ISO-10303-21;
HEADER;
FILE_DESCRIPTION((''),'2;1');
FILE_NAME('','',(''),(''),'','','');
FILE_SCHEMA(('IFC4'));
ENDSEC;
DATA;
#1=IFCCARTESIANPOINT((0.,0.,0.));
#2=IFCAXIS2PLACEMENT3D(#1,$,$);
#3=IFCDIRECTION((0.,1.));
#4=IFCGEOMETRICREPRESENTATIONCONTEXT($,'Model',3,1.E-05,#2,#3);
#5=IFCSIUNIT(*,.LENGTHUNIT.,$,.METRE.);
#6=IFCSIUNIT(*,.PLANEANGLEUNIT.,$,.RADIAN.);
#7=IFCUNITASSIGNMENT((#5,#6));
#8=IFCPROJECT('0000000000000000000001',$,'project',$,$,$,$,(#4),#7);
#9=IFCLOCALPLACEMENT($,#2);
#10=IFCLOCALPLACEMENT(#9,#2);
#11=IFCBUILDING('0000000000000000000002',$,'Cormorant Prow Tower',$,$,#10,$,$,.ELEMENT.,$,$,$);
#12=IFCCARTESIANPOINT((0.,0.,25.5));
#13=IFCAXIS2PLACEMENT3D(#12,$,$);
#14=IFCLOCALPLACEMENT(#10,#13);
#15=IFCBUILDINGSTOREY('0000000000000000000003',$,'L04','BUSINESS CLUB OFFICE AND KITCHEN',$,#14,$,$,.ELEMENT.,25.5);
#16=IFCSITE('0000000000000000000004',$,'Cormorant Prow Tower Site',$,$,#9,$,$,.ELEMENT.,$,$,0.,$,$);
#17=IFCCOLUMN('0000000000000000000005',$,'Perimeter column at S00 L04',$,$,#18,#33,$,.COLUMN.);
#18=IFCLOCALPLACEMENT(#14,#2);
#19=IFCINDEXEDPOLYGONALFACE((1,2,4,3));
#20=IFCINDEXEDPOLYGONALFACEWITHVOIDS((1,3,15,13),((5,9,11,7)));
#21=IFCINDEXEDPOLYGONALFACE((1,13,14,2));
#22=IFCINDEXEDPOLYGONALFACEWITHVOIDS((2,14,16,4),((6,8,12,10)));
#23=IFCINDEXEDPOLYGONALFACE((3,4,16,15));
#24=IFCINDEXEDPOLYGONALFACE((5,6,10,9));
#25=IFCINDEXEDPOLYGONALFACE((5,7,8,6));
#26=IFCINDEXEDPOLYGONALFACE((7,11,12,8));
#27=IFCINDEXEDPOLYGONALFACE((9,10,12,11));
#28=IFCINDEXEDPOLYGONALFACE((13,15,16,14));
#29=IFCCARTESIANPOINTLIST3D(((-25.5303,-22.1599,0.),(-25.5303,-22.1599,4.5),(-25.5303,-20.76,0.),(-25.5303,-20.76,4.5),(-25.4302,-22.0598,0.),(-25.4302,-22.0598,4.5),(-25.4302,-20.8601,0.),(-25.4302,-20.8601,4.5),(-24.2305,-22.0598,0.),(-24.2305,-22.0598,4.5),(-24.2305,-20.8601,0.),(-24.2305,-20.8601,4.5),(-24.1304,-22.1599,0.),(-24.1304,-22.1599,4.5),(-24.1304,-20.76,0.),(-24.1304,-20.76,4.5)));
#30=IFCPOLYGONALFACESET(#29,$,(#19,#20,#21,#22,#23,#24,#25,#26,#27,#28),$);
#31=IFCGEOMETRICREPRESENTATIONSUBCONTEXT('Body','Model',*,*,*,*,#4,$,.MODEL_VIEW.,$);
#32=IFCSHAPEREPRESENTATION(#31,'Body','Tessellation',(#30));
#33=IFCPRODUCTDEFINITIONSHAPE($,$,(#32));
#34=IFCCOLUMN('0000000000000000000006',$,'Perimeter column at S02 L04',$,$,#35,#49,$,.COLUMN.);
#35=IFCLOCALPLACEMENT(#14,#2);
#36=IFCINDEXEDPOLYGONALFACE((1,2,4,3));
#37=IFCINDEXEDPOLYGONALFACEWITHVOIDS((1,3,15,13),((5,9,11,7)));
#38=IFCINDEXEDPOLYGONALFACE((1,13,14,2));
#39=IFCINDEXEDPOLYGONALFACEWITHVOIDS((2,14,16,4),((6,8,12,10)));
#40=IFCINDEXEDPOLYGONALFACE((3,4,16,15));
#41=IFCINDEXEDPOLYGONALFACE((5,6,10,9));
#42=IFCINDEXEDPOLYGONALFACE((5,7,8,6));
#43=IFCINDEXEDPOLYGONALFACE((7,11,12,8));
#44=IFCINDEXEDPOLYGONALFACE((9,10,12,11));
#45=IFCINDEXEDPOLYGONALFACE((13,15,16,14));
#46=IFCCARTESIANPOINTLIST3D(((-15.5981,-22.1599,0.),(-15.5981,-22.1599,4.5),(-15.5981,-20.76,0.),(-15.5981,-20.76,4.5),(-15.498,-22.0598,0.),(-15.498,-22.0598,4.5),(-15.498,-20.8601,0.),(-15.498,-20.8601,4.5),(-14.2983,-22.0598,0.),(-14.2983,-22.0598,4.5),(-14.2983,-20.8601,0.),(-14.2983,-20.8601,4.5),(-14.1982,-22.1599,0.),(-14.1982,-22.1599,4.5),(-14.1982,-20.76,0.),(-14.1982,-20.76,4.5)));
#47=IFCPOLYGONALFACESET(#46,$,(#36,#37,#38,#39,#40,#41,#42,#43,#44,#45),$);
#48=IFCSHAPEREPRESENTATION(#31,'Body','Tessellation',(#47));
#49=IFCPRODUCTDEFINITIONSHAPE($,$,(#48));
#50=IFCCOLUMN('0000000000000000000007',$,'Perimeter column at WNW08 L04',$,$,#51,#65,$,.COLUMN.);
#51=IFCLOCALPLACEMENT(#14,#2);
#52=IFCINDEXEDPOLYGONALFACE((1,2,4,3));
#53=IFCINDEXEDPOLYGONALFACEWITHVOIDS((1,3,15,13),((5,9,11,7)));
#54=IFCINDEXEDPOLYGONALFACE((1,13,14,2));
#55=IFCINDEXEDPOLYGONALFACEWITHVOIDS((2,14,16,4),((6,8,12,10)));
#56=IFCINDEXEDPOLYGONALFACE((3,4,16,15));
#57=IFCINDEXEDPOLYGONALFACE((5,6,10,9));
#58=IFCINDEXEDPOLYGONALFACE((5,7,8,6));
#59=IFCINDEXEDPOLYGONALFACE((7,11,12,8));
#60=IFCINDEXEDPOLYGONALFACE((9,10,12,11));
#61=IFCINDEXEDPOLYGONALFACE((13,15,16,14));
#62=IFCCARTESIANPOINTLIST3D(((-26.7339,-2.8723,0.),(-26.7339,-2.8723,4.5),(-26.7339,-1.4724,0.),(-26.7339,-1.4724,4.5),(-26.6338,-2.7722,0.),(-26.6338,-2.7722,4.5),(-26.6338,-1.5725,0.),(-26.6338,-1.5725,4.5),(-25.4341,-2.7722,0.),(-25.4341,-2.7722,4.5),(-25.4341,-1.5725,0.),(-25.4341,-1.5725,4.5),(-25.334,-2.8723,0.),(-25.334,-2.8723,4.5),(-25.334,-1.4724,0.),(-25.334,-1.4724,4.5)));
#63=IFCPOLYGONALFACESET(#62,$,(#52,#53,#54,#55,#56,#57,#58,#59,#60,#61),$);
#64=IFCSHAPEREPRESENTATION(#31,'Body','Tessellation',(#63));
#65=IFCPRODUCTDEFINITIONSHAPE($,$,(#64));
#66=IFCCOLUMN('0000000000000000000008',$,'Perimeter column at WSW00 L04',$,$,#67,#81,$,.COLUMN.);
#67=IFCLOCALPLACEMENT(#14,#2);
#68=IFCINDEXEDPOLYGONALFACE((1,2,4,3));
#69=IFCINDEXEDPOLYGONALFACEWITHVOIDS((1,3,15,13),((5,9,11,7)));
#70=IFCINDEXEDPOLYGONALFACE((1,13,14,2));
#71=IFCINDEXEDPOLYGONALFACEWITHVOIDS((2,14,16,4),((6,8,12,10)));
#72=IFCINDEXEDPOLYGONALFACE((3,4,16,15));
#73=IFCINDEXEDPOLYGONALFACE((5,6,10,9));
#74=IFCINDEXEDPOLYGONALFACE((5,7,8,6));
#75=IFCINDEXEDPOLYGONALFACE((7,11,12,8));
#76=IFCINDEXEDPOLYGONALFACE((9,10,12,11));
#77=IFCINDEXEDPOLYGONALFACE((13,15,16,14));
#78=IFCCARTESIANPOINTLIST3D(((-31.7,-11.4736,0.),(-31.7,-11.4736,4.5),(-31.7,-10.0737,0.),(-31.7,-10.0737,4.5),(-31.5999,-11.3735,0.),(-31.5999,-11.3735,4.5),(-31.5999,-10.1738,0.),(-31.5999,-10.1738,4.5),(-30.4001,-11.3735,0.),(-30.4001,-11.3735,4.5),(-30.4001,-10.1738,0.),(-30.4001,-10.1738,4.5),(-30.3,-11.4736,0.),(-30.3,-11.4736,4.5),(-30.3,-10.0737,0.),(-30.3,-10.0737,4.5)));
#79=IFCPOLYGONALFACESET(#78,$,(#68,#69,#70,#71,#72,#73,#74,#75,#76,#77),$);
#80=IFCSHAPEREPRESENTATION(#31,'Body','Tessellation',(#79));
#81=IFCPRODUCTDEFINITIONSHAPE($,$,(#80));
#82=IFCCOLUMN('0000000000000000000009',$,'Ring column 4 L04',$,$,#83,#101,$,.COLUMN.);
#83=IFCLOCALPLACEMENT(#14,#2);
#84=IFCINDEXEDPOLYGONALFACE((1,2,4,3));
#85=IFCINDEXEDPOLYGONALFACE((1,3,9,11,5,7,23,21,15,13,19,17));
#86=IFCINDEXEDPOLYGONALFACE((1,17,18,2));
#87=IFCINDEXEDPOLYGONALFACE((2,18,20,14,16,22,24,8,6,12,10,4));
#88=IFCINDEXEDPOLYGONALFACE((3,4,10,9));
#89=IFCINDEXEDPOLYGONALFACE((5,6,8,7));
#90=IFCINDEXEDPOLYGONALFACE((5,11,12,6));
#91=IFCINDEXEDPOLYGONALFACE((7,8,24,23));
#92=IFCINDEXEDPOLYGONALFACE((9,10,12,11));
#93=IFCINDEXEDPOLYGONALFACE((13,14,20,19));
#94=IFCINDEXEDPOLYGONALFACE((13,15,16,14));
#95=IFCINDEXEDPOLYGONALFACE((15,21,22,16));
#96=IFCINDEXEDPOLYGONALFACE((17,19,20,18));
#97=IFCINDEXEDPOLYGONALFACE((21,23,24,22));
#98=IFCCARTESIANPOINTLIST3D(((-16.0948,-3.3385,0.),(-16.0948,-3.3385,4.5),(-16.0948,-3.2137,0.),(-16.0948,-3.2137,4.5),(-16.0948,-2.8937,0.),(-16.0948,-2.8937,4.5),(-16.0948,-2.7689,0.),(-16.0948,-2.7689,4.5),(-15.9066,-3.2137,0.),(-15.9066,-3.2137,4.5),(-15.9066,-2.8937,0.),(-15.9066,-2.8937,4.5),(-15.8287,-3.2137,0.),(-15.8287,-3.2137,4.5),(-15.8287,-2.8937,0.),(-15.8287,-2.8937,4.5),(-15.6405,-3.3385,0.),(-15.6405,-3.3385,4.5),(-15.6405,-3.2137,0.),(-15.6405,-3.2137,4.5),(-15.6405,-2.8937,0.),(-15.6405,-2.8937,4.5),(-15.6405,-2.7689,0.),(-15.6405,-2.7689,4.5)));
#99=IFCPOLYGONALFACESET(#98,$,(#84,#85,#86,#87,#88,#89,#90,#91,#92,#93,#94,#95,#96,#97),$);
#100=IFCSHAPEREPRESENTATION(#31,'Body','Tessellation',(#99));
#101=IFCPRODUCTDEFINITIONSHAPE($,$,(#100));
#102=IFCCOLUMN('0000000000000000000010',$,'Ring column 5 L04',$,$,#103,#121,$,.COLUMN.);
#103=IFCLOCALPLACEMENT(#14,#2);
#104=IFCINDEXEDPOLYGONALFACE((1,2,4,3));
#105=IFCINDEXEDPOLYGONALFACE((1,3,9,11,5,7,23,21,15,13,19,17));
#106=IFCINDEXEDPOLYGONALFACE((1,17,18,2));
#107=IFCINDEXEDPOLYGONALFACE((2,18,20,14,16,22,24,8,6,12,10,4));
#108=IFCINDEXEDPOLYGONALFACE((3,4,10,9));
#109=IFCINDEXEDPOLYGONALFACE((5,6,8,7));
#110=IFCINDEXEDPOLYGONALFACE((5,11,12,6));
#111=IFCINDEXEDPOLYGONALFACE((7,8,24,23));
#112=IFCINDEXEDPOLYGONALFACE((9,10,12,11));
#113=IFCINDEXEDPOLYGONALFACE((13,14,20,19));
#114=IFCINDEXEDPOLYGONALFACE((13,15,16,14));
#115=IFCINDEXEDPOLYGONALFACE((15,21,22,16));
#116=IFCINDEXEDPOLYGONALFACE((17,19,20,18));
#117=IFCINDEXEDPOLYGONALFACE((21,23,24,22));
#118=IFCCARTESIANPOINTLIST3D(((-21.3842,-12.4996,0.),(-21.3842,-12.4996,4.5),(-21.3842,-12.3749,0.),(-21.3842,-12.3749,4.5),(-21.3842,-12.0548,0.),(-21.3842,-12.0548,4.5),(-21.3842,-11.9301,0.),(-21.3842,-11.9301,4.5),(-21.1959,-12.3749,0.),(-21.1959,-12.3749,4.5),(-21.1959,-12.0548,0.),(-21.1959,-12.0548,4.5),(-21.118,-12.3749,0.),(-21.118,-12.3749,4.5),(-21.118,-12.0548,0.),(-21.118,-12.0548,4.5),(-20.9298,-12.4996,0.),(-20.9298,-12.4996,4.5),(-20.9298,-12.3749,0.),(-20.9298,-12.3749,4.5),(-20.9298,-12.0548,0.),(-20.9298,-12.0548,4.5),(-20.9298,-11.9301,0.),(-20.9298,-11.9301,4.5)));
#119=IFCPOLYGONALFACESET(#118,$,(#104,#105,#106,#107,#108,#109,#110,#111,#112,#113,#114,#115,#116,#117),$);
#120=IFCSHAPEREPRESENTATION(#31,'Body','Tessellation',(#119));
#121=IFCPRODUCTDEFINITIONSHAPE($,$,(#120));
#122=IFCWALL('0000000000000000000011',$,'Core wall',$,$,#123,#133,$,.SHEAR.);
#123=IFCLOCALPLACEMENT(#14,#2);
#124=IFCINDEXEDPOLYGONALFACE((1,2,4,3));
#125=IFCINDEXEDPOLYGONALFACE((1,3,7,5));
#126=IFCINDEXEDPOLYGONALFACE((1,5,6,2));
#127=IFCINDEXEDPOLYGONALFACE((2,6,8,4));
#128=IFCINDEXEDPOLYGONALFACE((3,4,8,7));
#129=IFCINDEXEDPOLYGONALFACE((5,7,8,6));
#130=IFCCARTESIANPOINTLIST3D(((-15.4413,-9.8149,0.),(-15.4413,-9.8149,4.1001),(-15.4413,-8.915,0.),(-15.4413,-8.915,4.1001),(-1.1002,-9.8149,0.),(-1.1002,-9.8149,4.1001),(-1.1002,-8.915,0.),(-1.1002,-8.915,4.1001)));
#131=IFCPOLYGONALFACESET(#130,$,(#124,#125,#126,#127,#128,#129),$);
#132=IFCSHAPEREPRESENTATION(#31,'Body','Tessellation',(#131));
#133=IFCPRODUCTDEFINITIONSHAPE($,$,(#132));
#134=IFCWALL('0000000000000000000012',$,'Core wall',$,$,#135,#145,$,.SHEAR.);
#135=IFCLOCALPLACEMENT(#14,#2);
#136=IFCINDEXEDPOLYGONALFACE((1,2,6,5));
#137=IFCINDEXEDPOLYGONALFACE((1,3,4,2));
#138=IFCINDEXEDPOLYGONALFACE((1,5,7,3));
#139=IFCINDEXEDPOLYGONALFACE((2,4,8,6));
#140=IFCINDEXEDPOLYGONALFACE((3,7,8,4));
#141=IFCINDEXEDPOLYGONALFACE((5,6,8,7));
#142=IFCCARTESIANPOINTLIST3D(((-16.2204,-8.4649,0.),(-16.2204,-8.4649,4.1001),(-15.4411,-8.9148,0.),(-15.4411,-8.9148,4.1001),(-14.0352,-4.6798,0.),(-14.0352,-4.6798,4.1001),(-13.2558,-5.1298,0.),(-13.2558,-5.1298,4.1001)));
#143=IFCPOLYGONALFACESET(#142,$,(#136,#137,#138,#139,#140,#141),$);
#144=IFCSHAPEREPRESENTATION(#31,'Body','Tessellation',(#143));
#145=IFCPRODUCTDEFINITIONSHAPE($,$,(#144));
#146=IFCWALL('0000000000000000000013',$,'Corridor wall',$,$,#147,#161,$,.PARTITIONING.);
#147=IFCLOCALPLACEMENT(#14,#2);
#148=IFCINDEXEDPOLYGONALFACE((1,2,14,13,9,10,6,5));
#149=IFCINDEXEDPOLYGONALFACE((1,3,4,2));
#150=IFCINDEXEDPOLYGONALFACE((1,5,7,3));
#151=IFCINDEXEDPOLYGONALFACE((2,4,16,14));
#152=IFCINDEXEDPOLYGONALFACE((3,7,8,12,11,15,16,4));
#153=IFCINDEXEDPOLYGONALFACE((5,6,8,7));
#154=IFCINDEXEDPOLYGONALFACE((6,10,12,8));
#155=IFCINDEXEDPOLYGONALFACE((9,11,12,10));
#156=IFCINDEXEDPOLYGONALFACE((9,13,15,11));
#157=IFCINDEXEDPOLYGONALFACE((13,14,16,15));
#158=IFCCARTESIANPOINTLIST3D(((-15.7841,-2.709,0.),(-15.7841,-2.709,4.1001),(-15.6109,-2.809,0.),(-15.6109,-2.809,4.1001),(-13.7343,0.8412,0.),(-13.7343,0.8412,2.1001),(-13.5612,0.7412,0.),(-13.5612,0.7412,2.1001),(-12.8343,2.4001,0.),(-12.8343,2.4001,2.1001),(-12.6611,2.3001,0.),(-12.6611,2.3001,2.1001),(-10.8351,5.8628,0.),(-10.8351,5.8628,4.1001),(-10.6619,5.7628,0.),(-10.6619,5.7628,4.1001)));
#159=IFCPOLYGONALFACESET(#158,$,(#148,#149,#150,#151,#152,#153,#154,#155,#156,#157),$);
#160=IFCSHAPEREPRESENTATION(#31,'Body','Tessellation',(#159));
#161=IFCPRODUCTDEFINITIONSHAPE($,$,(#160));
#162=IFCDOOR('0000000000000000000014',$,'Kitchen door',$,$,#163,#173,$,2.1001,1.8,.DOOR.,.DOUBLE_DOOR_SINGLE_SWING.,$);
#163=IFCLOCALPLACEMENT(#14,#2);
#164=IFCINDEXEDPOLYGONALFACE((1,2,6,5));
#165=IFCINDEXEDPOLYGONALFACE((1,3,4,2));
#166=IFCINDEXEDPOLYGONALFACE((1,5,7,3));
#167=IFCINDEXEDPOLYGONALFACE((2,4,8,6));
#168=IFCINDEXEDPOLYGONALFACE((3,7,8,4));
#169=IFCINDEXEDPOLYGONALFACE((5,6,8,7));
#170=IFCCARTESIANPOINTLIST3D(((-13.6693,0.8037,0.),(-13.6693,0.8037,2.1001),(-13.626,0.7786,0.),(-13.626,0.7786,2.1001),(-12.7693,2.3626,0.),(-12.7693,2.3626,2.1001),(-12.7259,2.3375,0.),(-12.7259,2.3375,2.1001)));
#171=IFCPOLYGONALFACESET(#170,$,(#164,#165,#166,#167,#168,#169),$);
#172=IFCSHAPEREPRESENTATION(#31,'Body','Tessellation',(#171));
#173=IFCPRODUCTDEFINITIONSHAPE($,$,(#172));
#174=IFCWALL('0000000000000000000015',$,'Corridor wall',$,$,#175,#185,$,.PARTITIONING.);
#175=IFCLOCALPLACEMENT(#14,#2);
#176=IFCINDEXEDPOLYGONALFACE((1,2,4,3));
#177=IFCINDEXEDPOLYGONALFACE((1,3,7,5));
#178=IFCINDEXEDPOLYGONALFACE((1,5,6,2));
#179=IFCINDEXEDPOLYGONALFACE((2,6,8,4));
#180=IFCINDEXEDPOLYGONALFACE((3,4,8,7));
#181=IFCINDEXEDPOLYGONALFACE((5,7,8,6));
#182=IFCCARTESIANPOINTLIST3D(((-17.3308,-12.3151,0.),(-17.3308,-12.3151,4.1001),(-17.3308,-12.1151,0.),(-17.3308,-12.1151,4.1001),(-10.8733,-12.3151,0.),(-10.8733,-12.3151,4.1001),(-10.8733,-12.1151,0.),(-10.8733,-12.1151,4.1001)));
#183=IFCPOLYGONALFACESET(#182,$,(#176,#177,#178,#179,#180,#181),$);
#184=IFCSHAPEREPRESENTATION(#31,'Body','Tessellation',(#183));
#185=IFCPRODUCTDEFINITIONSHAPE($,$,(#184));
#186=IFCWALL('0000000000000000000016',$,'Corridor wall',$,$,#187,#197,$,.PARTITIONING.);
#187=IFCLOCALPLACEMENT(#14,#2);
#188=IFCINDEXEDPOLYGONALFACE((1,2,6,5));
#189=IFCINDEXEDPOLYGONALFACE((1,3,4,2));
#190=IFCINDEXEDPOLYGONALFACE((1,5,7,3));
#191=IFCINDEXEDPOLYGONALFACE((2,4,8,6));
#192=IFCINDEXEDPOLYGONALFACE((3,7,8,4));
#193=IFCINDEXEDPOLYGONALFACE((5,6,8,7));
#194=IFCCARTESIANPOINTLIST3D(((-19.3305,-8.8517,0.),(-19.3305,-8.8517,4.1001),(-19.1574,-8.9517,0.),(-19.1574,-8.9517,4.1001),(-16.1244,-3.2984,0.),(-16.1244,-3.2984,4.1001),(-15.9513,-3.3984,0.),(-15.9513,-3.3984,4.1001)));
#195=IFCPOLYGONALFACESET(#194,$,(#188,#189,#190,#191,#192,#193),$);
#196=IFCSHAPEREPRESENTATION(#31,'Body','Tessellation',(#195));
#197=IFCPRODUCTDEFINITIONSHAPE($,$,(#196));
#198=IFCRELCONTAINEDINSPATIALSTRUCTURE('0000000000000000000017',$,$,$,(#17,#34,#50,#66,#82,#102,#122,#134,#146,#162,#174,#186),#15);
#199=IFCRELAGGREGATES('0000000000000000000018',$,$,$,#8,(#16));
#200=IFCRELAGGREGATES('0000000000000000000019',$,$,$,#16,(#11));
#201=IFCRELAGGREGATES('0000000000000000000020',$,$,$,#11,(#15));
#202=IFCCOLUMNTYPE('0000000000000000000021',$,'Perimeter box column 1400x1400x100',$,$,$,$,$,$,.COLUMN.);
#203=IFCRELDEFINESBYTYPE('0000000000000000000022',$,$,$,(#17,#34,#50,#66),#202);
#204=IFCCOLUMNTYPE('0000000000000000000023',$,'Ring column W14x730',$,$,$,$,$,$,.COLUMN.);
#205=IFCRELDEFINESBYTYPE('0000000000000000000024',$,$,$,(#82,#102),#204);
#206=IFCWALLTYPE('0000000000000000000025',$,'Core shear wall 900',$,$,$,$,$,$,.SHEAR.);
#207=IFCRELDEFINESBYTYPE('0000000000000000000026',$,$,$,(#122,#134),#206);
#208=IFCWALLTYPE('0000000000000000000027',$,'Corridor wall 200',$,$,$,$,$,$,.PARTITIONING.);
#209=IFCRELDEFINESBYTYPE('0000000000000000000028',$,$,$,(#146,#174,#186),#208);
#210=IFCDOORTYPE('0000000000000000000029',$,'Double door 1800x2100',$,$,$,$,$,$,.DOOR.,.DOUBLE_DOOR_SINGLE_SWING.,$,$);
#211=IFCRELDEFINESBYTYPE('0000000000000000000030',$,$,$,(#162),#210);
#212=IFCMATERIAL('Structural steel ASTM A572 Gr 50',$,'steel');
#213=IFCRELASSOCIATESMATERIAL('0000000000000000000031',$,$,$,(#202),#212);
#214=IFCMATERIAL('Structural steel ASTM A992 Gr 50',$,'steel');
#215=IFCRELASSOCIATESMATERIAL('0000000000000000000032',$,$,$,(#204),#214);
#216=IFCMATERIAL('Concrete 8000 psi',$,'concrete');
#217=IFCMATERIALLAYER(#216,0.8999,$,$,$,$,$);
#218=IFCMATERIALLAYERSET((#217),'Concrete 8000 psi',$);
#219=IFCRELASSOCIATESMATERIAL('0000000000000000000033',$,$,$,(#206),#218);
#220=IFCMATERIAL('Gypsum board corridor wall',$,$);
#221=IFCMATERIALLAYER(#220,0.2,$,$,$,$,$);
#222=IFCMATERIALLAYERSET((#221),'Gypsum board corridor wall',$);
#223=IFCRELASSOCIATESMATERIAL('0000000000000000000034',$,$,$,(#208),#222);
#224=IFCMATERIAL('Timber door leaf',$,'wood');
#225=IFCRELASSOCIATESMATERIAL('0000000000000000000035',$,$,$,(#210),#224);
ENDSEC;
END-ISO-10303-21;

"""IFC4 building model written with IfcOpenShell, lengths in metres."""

from ifc_helpers import new_model, si_unit, direction, frame, frame_2d, origin, origin_2d, place, context, subcontext, project, spatial, rectangle, hollow_rectangle, i_section, extrude, material, layer, layer_set, material_profile, profile_set, type_object, element, fill, save


model = new_model("IFC4")

# Units and contexts
model_context = context("Model", 3, precision=1e-05, world=origin(), true_north=direction((0.0, 1.0)))
body_context = subcontext(model_context, "Body", "Model", "MODEL_VIEW")
ifc_project = project(units=[si_unit("LENGTHUNIT", "METRE"), si_unit("PLANEANGLEUNIT", "RADIAN")], contexts=[model_context])

# Site, building, storey
site_placement = place(None, origin())
site = spatial("IfcSite", under=ifc_project, at=site_placement, Name="Cormorant Prow Tower Site", CompositionType="ELEMENT", RefElevation=0.0)
building_placement = place(site_placement, origin())
building = spatial("IfcBuilding", under=site, at=building_placement, Name="Cormorant Prow Tower", CompositionType="ELEMENT")
storey_placement = place(building_placement, frame((0.0, 0.0, 25.5)))
storey = spatial("IfcBuildingStorey", under=building, at=storey_placement, Name="L04", Description="BUSINESS CLUB OFFICE AND KITCHEN", CompositionType="ELEMENT", Elevation=25.5)

# Columns
ifc_material_1 = material(Name="Structural steel ASTM A572 Gr 50", Category="steel")
ifc_material_profile_1 = material_profile(ifc_material_1, hollow_rectangle(XDim=1.3999, YDim=1.3999, WallThickness=0.1001, at=origin_2d()), Name="Box 1400x1400x100")
ifc_profile_set_1 = profile_set([ifc_material_profile_1], Name="Structural steel ASTM A572 Gr 50")
column_type_1 = type_object("IfcColumnType", Name="Perimeter box column 1400x1400x100", PredefinedType="COLUMN", material=ifc_profile_set_1)
for number, where, z_axis, x_axis, name in (
    (1, (-24.8303, -21.46, 0.0), (0.0, 0.0, 1.0), (1.0, 0.0, 0.0), "Perimeter column at S00 L04"),
    (2, (-14.8982, -21.46, 0.0), (0.0, 0.0, 1.0), (1.0, 0.0, 0.0), "Perimeter column at S02 L04"),
    (3, (-26.0339, -2.1724, 0.0), (0.0, 0.0, 1.0), (1.0, 0.0, 0.0), "Perimeter column at WNW08 L04"),
    (4, (-31.0, -10.7737, 0.0), (0.0, 0.0, 1.0), (1.0, 0.0, 0.0), "Perimeter column at WSW00 L04"),
):
    element("IfcColumn", number, at=place(storey_placement, frame(where, z_axis=z_axis, x_axis=x_axis)), inside=storey, type_object=column_type_1, Name=name, PredefinedType="COLUMN", context=body_context, shape_type="SweptSolid", body=[
        extrude(hollow_rectangle(XDim=1.3999, YDim=1.3999, WallThickness=0.1001, at=origin_2d()), origin(), (0.0, 0.0, 1.0), 4.5),
    ])
ifc_material_2 = material(Name="Structural steel ASTM A992 Gr 50", Category="steel")
ifc_material_profile_2 = material_profile(ifc_material_2, i_section(OverallWidth=0.4543, OverallDepth=0.5696, WebThickness=0.0779, FlangeThickness=0.1248, at=origin_2d()), Name="W14x730")
ifc_profile_set_2 = profile_set([ifc_material_profile_2], Name="Structural steel ASTM A992 Gr 50")
column_type_2 = type_object("IfcColumnType", Name="Ring column W14x730", PredefinedType="COLUMN", material=ifc_profile_set_2)
for number, where, z_axis, x_axis, name in (
    (5, (-15.8677, -3.0537, 0.0), (0.0, 0.0, 1.0), (1.0, 0.0, 0.0), "Ring column 4 L04"),
    (6, (-21.157, -12.2148, 0.0), (0.0, 0.0, 1.0), (1.0, 0.0, 0.0), "Ring column 5 L04"),
):
    element("IfcColumn", number, at=place(storey_placement, frame(where, z_axis=z_axis, x_axis=x_axis)), inside=storey, type_object=column_type_2, Name=name, PredefinedType="COLUMN", context=body_context, shape_type="SweptSolid", body=[
        extrude(i_section(OverallWidth=0.4543, OverallDepth=0.5696, WebThickness=0.0779, FlangeThickness=0.1248, at=origin_2d()), origin(), (0.0, 0.0, 1.0), 4.5),
    ])

# Walls
ifc_material_3 = material(Name="Concrete 8000 psi", Category="concrete")
ifc_layer_1 = layer(ifc_material_3, 0.8999)
ifc_layer_set_1 = layer_set([ifc_layer_1], Name="Concrete 8000 psi")
wall_type_1 = type_object("IfcWallType", Name="Core shear wall 900", PredefinedType="SHEAR", material=ifc_layer_set_1)
wall_1_placement = place(storey_placement, frame((-15.4412, -9.365, 0.0), z_axis=(0.0, 0.0, 1.0), x_axis=(1.0, 0.0, 0.0)))
element("IfcWall", 7, at=wall_1_placement, inside=storey, type_object=wall_type_1, Name="Core wall", PredefinedType="SHEAR", context=body_context, shape_type="SweptSolid", body=[
    extrude(rectangle(XDim=14.3411, YDim=0.8999, at=frame_2d((7.1704, 0.0))), origin(), (0.0, 0.0, 1.0), 4.1001),
])
wall_2_placement = place(storey_placement, frame((-13.6455, -4.9048, 0.0), z_axis=(0.0, 0.0, 1.0), x_axis=(-0.49999, -0.866031, 0.0)))
element("IfcWall", 8, at=wall_2_placement, inside=storey, type_object=wall_type_1, Name="Core wall", PredefinedType="SHEAR", context=body_context, shape_type="SweptSolid", body=[
    extrude(rectangle(XDim=4.3706, YDim=0.8999, at=frame_2d((2.1853, 0.0))), origin(), (0.0, 0.0, 1.0), 4.1001),
])

# Wall, opening, door
ifc_material_4 = material(Name="Gypsum board corridor wall")
ifc_layer_2 = layer(ifc_material_4, 0.2)
ifc_layer_set_2 = layer_set([ifc_layer_2], Name="Gypsum board corridor wall")
wall_type_2 = type_object("IfcWallType", Name="Corridor wall 200", PredefinedType="PARTITIONING", material=ifc_layer_set_2)
wall_3_placement = place(storey_placement, frame((-15.6975, -2.759, 0.0), z_axis=(0.0, 0.0, 1.0), x_axis=(0.500004, 0.866023, 0.0)))
wall_3 = element("IfcWall", 9, at=wall_3_placement, inside=storey, type_object=wall_type_2, Name="Corridor wall", PredefinedType="PARTITIONING", context=body_context, shape_type="SweptSolid", body=[
    extrude(rectangle(XDim=9.8979, YDim=0.2, at=frame_2d((4.949, 0.0))), origin(), (0.0, 0.0, 1.0), 4.1001),
])
opening_1_placement = place(wall_3_placement, frame((4.0996, 0.0, 0.0)))
opening_1 = element("IfcOpeningElement", 10, at=opening_1_placement, cuts=wall_3, PredefinedType="OPENING", context=body_context, shape_type="SweptSolid", body=[
    extrude(rectangle(XDim=1.8, YDim=2.1001, at=frame_2d((0.8999, 1.05))), frame((0.0, 0.1099, 0.0), z_axis=(0.0, -1.0, 0.0), x_axis=(1.0, 0.0, 0.0)), (0.0, 0.0, 1.0), 0.22),
])
ifc_material_5 = material(Name="Timber door leaf", Category="wood")
door_type = type_object("IfcDoorType", Name="Double door 1800x2100", OperationType="DOUBLE_DOOR_SINGLE_SWING", PredefinedType="DOOR", material=ifc_material_5)
door_1_placement = place(opening_1_placement, origin())
door_1 = element("IfcDoor", 11, at=door_1_placement, inside=storey, type_object=door_type, Name="Kitchen door", OperationType="DOUBLE_DOOR_SINGLE_SWING", OverallHeight=2.1001, OverallWidth=1.8, PredefinedType="DOOR", context=body_context, shape_type="SweptSolid", body=[
    extrude(rectangle(XDim=1.8, YDim=2.1001, at=frame_2d((0.8999, 1.05))), frame((0.0, 0.0249, 0.0), z_axis=(0.0, -1.0, 0.0), x_axis=(1.0, 0.0, 0.0)), (0.0, 0.0, 1.0), 0.05),
])
fill(opening_1, door_1)

# Walls
wall_4_placement = place(storey_placement, frame((-17.3308, -12.2151, 0.0), z_axis=(0.0, 0.0, 1.0), x_axis=(1.0, 0.0, 0.0)))
element("IfcWall", 12, at=wall_4_placement, inside=storey, type_object=wall_type_2, Name="Corridor wall", PredefinedType="PARTITIONING", context=body_context, shape_type="SweptSolid", body=[
    extrude(rectangle(XDim=6.4575, YDim=0.2, at=frame_2d((3.2288, 0.0))), origin(), (0.0, 0.0, 1.0), 4.1001),
])
wall_5_placement = place(storey_placement, frame((-19.2439, -8.9016, 0.0), z_axis=(0.0, 0.0, 1.0), x_axis=(0.499988, 0.866032, 0.0)))
element("IfcWall", 13, at=wall_5_placement, inside=storey, type_object=wall_type_2, Name="Corridor wall", PredefinedType="PARTITIONING", context=body_context, shape_type="SweptSolid", body=[
    extrude(rectangle(XDim=6.4124, YDim=0.2, at=frame_2d((3.2061, 0.0))), origin(), (0.0, 0.0, 1.0), 4.1001),
])

save(model, "model.ifc")
